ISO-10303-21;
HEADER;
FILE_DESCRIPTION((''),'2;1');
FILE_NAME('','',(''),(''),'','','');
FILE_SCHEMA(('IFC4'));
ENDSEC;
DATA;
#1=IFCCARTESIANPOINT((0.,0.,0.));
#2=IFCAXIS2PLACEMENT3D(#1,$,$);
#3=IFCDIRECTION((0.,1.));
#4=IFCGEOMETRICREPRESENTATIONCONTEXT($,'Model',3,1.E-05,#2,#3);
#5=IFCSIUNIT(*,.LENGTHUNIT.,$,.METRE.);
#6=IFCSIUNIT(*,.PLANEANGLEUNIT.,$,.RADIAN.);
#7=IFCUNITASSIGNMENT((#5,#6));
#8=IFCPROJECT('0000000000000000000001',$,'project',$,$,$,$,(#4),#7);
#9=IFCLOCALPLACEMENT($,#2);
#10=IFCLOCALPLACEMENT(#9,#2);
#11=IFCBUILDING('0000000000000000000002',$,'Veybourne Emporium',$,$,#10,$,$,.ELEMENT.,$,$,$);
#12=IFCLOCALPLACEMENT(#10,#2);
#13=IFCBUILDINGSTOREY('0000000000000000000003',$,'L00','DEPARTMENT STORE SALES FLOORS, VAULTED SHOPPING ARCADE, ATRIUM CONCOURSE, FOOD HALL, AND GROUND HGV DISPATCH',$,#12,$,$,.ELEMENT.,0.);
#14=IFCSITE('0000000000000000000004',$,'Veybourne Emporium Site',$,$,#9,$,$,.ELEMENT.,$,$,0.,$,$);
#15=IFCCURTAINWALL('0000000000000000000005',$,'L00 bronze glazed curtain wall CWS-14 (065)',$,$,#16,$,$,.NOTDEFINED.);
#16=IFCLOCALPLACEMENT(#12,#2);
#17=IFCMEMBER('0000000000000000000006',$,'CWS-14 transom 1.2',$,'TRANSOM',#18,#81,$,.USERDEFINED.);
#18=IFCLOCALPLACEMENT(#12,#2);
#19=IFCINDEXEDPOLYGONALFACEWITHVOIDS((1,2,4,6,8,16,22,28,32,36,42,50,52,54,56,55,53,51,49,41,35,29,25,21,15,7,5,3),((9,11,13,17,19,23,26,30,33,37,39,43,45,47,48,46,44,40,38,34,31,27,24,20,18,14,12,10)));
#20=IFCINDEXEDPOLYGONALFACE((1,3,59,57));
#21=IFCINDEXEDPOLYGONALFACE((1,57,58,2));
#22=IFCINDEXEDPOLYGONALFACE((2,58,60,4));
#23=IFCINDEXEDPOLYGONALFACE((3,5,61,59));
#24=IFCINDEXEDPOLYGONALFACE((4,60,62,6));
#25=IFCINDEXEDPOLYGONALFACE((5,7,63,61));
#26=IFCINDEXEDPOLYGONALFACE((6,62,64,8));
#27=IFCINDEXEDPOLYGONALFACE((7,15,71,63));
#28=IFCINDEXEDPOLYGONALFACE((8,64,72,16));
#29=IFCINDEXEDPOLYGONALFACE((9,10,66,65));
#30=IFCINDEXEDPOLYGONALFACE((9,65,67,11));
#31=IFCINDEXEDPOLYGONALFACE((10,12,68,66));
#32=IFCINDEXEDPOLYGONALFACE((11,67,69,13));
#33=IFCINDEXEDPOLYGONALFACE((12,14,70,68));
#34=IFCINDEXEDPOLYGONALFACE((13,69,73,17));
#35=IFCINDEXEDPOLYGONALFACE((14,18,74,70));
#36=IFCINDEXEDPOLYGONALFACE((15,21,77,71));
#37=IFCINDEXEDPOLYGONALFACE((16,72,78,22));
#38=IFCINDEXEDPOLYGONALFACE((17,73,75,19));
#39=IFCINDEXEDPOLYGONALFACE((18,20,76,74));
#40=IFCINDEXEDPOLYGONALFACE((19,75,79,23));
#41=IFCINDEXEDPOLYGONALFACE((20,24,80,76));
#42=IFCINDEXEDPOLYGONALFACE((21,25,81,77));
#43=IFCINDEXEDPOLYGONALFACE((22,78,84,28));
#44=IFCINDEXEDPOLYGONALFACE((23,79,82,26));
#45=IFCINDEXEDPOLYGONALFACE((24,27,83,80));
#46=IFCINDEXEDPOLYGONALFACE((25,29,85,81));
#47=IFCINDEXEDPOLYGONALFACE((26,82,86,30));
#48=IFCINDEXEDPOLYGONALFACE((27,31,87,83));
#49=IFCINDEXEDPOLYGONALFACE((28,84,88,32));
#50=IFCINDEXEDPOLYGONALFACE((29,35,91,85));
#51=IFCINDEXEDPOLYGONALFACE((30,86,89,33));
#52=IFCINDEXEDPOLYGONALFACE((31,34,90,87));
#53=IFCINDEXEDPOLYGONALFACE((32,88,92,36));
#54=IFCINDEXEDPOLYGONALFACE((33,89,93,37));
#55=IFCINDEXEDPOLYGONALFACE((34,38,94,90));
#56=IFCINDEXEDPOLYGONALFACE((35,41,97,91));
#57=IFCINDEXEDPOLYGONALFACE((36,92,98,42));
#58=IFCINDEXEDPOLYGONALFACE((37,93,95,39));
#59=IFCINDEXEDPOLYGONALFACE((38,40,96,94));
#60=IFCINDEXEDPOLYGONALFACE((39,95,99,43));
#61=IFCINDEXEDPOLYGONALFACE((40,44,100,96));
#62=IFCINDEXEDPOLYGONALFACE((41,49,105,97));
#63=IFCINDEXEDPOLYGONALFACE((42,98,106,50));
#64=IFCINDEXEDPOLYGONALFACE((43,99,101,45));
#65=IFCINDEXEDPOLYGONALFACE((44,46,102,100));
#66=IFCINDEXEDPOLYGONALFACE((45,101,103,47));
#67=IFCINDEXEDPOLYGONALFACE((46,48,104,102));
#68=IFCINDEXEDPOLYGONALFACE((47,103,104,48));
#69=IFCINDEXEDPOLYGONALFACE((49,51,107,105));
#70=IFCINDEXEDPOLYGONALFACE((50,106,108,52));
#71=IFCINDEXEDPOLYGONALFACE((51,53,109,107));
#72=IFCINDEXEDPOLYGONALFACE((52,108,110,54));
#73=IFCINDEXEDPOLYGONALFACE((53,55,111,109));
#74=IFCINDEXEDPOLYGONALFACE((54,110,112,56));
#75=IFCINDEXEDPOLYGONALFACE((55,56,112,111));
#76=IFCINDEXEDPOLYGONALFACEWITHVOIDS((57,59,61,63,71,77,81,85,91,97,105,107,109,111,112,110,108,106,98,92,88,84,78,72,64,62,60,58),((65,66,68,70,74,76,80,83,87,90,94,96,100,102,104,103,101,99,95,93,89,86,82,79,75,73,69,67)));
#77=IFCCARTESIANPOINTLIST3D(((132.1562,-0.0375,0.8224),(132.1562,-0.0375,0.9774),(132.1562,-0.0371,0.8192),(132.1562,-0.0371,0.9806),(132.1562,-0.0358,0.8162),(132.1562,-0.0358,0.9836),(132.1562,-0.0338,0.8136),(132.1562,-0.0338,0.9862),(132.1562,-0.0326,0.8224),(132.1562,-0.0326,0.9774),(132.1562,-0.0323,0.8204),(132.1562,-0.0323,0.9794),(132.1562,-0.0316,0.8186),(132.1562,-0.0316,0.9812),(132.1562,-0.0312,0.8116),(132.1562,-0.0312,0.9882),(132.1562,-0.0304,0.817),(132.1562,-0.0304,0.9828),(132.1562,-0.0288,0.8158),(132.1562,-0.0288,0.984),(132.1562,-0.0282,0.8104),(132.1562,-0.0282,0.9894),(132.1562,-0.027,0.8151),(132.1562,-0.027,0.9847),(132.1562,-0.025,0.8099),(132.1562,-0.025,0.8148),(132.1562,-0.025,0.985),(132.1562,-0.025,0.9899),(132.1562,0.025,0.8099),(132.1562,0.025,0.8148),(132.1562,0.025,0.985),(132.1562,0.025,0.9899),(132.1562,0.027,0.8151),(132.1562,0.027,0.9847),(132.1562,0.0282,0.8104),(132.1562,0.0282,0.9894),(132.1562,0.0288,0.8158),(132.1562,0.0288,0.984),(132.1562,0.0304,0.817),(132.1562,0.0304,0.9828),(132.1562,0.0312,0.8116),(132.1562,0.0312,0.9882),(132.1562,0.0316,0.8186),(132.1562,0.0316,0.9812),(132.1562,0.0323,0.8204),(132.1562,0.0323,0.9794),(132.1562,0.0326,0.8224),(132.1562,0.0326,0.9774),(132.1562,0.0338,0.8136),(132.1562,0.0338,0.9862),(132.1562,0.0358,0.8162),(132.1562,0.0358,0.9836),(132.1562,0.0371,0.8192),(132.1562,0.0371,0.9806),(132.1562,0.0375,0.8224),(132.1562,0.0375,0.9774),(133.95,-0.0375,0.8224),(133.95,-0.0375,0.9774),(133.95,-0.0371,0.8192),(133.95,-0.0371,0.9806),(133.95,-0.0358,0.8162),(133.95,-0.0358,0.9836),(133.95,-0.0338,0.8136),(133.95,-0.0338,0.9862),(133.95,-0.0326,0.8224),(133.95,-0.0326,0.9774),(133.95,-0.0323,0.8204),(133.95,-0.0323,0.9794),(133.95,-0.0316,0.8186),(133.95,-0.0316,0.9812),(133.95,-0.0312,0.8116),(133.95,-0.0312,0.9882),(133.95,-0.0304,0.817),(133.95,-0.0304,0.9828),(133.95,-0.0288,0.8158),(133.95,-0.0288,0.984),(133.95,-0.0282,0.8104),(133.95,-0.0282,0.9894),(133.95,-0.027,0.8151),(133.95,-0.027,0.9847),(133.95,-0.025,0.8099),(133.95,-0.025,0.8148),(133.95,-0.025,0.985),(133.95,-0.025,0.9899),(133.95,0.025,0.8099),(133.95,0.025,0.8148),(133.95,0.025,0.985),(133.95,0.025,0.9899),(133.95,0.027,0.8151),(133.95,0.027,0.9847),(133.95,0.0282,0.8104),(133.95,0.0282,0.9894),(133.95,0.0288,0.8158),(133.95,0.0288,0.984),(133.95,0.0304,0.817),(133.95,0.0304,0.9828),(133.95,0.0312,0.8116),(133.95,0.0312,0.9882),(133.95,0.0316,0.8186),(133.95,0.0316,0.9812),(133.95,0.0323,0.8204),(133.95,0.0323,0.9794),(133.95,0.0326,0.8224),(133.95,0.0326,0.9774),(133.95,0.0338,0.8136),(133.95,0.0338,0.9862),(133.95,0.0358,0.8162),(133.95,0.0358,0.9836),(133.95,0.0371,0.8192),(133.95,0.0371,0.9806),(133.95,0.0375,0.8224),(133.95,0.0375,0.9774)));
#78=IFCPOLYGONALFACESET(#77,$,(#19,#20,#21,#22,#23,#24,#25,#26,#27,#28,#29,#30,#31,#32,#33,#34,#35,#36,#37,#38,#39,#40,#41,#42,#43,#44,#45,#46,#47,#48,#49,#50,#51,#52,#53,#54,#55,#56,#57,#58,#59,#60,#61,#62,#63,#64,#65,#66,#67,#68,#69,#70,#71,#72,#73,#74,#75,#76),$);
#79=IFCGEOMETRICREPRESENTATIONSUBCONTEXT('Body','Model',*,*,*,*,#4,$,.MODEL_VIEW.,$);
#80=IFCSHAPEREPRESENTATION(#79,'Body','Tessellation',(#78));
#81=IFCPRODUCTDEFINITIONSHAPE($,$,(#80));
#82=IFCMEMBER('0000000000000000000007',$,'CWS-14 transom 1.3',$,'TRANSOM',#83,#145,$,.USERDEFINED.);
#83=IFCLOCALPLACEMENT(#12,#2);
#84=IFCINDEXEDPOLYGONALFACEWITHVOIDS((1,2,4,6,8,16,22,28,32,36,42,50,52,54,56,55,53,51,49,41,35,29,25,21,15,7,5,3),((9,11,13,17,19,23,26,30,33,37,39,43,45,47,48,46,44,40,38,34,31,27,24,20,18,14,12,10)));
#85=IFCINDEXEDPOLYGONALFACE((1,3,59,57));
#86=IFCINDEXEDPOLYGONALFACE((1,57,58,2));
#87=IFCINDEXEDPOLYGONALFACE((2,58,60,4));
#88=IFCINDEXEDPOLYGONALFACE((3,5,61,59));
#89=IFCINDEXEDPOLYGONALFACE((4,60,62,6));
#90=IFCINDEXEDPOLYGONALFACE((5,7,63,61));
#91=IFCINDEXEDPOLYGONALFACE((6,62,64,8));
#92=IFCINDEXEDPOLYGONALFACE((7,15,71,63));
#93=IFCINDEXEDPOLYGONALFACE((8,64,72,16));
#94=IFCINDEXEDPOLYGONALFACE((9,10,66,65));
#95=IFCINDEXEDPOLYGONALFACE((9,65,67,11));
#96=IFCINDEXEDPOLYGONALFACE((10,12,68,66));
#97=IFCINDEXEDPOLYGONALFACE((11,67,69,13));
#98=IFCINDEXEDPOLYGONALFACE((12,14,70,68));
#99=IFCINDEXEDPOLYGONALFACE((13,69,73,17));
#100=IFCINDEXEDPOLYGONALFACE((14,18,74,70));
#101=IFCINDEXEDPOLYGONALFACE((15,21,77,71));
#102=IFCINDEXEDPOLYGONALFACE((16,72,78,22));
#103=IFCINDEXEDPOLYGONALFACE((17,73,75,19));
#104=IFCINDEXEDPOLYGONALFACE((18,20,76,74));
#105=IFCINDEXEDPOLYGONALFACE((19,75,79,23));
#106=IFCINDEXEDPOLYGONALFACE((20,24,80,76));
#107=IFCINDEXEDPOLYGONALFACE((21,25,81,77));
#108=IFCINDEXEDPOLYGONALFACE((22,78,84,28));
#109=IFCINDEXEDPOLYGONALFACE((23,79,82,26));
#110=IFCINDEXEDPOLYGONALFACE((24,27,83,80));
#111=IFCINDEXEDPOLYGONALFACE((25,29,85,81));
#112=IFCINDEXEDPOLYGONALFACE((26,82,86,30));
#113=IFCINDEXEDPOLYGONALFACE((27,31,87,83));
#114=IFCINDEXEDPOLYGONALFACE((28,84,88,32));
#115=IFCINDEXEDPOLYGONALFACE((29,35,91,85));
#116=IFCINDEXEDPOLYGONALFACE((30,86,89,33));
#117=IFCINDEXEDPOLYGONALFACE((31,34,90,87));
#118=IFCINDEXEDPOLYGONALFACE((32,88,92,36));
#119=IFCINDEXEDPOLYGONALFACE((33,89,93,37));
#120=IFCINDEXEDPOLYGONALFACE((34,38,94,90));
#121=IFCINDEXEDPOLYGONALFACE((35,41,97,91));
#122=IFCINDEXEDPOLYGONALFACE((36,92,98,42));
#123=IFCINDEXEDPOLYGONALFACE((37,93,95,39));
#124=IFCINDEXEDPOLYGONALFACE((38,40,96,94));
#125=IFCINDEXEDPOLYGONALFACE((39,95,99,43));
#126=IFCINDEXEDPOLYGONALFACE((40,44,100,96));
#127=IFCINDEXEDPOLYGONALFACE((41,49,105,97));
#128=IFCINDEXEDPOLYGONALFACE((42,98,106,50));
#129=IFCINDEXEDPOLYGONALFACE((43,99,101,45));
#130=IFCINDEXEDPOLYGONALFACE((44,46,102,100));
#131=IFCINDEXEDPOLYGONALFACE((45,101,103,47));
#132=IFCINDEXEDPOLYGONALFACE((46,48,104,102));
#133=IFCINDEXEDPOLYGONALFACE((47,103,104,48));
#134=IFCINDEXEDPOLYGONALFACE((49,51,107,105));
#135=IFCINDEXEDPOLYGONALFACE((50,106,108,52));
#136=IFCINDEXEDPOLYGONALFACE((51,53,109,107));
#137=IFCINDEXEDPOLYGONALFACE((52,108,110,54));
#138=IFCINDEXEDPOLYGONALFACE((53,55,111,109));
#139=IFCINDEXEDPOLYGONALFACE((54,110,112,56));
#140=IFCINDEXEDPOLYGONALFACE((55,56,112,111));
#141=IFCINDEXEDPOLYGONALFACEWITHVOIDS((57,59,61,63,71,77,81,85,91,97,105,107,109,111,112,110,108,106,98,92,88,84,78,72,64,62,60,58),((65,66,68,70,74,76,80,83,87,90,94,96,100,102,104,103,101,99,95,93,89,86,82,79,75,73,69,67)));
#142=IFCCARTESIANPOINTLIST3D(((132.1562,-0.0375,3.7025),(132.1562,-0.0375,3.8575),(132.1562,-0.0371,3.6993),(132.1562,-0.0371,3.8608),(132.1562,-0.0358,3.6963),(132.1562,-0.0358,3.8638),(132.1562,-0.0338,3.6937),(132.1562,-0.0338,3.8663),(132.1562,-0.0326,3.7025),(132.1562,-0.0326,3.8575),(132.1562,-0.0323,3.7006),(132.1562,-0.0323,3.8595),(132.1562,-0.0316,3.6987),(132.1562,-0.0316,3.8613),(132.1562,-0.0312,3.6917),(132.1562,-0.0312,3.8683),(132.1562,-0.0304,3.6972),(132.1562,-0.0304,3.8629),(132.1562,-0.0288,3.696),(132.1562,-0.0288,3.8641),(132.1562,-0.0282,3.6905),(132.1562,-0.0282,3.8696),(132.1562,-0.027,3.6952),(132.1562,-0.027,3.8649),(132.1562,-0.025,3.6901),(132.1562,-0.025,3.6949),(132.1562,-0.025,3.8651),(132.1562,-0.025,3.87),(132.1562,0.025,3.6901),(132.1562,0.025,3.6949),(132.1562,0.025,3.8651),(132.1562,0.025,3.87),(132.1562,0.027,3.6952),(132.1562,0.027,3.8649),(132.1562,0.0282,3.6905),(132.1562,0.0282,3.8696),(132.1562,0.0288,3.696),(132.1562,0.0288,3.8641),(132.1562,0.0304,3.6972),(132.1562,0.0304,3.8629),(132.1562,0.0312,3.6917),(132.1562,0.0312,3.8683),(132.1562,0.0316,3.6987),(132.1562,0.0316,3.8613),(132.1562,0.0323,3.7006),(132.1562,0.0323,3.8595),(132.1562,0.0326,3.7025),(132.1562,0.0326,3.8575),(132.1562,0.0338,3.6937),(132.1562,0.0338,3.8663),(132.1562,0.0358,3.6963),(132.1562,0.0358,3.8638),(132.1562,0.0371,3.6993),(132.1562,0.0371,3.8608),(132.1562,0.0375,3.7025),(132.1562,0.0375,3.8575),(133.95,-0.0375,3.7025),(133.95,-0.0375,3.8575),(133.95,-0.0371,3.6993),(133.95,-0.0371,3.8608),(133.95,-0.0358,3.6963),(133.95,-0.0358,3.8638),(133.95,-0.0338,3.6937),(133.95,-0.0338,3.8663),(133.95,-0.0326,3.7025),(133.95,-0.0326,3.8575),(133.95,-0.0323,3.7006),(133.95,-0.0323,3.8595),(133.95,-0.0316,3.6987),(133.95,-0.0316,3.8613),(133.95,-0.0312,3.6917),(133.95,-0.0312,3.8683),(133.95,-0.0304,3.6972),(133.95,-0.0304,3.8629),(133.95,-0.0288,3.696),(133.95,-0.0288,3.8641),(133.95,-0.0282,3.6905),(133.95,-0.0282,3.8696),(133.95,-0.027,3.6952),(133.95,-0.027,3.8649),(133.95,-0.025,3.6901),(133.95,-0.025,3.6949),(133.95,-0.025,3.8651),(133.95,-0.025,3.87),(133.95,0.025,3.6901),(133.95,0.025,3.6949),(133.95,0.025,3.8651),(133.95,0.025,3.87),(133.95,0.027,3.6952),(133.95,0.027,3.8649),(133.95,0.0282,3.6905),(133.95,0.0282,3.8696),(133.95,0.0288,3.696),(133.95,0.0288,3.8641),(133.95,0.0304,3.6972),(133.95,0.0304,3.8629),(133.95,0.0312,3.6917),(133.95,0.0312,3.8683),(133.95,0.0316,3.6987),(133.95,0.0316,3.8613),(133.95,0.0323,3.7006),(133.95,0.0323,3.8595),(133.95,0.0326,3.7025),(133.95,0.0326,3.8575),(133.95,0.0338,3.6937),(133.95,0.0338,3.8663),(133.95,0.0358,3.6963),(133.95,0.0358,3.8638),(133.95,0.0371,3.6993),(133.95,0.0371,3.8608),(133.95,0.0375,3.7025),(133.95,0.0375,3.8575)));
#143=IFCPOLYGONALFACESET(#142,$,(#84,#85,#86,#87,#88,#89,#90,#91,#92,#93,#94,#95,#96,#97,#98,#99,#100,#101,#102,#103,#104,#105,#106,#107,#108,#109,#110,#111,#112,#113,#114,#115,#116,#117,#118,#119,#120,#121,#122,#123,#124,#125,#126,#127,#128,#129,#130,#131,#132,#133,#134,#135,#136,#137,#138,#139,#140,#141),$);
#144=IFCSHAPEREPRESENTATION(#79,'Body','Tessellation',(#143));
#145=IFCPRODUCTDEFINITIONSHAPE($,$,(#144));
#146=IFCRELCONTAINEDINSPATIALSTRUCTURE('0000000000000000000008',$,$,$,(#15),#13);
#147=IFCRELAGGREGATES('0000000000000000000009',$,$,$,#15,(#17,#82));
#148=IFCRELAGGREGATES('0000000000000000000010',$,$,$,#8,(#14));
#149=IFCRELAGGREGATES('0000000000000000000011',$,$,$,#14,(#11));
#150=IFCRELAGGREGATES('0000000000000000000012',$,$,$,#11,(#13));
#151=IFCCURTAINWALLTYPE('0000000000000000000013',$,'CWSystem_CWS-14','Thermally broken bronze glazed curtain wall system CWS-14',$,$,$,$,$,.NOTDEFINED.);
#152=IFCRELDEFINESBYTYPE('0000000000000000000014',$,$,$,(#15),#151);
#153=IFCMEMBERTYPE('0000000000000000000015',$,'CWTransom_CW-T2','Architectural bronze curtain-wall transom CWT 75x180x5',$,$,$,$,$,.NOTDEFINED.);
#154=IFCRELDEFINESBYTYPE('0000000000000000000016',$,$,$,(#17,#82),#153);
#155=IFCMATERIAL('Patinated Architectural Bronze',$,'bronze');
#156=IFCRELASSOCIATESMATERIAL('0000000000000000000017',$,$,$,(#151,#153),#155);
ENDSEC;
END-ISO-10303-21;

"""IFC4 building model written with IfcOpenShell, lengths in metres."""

from ifc_helpers import new_model, si_unit, direction, frame, origin, origin_2d, place, context, subcontext, project, spatial, hollow_rectangle, extrude, material, material_profile, profile_set, type_object, element, aggregate, save


model = new_model("IFC4")

# Units and contexts
model_context = context("Model", 3, precision=1e-05, world=origin(), true_north=direction((0.0, 1.0)))
body_context = subcontext(model_context, "Body", "Model", "MODEL_VIEW")
ifc_project = project(units=[si_unit("LENGTHUNIT", "METRE"), si_unit("PLANEANGLEUNIT", "RADIAN")], contexts=[model_context])

# Site, building, storey
site_placement = place(None, origin())
site = spatial("IfcSite", under=ifc_project, at=site_placement, Name="Veybourne Emporium Site", CompositionType="ELEMENT", RefElevation=0.0)
building_placement = place(site_placement, origin())
building = spatial("IfcBuilding", under=site, at=building_placement, Name="Veybourne Emporium", CompositionType="ELEMENT")
storey_placement = place(building_placement, origin())
storey = spatial("IfcBuildingStorey", under=building, at=storey_placement, Name="L00", Description="DEPARTMENT STORE SALES FLOORS, VAULTED SHOPPING ARCADE, ATRIUM CONCOURSE, FOOD HALL, AND GROUND HGV DISPATCH", CompositionType="ELEMENT", Elevation=0.0)

# Curtain wall, members
ifc_material_1 = material(Name="Patinated Architectural Bronze", Category="bronze")
curtain_wall_type = type_object("IfcCurtainWallType", Name="CWSystem_CWS-14", Description="Thermally broken bronze glazed curtain wall system CWS-14", PredefinedType="NOTDEFINED", material=ifc_material_1)
curtain_wall_placement = place(storey_placement, origin())
curtain_wall = element("IfcCurtainWall", 1, at=curtain_wall_placement, inside=storey, type_object=curtain_wall_type, Name="L00 bronze glazed curtain wall CWS-14 (065)", PredefinedType="NOTDEFINED")
ifc_material_profile_1 = material_profile(ifc_material_1, hollow_rectangle(XDim=0.075, YDim=0.1799, WallThickness=0.0049, InnerFilletRadius=0.0076, OuterFilletRadius=0.0125, at=origin_2d()), Name="CWT 75x180x5")
ifc_profile_set_1 = profile_set([ifc_material_profile_1], Name="Patinated Architectural Bronze")
member_type_1 = type_object("IfcMemberType", Name="CWTransom_CW-T2", Description="Architectural bronze curtain-wall transom CWT 75x180x5", PredefinedType="NOTDEFINED", material=ifc_profile_set_1)
member_1_placement = place(storey_placement, frame((133.95, 0.0, 0.8999), z_axis=(-1.0, 0.0, 0.0), x_axis=(0.0, -1.0, 0.0)))
member_1 = element("IfcMember", 2, at=member_1_placement, type_object=member_type_1, Name="CWS-14 transom 1.2", ObjectType="TRANSOM", PredefinedType="USERDEFINED", context=body_context, shape_type="SweptSolid", body=[
    extrude(hollow_rectangle(XDim=0.075, YDim=0.1799, WallThickness=0.0049, InnerFilletRadius=0.0076, OuterFilletRadius=0.0125, at=origin_2d()), origin(), (0.0, 0.0, 1.0), 1.7937),
])
member_2_placement = place(storey_placement, frame((133.95, 0.0, 3.78), z_axis=(-1.0, 0.0, 0.0), x_axis=(0.0, -1.0, 0.0)))
member_2 = element("IfcMember", 3, at=member_2_placement, type_object=member_type_1, Name="CWS-14 transom 1.3", ObjectType="TRANSOM", PredefinedType="USERDEFINED", context=body_context, shape_type="SweptSolid", body=[
    extrude(hollow_rectangle(XDim=0.075, YDim=0.1799, WallThickness=0.0049, InnerFilletRadius=0.0076, OuterFilletRadius=0.0125, at=origin_2d()), origin(), (0.0, 0.0, 1.0), 1.7937),
])

aggregate(curtain_wall, [member_1, member_2])

save(model, "model.ifc")
